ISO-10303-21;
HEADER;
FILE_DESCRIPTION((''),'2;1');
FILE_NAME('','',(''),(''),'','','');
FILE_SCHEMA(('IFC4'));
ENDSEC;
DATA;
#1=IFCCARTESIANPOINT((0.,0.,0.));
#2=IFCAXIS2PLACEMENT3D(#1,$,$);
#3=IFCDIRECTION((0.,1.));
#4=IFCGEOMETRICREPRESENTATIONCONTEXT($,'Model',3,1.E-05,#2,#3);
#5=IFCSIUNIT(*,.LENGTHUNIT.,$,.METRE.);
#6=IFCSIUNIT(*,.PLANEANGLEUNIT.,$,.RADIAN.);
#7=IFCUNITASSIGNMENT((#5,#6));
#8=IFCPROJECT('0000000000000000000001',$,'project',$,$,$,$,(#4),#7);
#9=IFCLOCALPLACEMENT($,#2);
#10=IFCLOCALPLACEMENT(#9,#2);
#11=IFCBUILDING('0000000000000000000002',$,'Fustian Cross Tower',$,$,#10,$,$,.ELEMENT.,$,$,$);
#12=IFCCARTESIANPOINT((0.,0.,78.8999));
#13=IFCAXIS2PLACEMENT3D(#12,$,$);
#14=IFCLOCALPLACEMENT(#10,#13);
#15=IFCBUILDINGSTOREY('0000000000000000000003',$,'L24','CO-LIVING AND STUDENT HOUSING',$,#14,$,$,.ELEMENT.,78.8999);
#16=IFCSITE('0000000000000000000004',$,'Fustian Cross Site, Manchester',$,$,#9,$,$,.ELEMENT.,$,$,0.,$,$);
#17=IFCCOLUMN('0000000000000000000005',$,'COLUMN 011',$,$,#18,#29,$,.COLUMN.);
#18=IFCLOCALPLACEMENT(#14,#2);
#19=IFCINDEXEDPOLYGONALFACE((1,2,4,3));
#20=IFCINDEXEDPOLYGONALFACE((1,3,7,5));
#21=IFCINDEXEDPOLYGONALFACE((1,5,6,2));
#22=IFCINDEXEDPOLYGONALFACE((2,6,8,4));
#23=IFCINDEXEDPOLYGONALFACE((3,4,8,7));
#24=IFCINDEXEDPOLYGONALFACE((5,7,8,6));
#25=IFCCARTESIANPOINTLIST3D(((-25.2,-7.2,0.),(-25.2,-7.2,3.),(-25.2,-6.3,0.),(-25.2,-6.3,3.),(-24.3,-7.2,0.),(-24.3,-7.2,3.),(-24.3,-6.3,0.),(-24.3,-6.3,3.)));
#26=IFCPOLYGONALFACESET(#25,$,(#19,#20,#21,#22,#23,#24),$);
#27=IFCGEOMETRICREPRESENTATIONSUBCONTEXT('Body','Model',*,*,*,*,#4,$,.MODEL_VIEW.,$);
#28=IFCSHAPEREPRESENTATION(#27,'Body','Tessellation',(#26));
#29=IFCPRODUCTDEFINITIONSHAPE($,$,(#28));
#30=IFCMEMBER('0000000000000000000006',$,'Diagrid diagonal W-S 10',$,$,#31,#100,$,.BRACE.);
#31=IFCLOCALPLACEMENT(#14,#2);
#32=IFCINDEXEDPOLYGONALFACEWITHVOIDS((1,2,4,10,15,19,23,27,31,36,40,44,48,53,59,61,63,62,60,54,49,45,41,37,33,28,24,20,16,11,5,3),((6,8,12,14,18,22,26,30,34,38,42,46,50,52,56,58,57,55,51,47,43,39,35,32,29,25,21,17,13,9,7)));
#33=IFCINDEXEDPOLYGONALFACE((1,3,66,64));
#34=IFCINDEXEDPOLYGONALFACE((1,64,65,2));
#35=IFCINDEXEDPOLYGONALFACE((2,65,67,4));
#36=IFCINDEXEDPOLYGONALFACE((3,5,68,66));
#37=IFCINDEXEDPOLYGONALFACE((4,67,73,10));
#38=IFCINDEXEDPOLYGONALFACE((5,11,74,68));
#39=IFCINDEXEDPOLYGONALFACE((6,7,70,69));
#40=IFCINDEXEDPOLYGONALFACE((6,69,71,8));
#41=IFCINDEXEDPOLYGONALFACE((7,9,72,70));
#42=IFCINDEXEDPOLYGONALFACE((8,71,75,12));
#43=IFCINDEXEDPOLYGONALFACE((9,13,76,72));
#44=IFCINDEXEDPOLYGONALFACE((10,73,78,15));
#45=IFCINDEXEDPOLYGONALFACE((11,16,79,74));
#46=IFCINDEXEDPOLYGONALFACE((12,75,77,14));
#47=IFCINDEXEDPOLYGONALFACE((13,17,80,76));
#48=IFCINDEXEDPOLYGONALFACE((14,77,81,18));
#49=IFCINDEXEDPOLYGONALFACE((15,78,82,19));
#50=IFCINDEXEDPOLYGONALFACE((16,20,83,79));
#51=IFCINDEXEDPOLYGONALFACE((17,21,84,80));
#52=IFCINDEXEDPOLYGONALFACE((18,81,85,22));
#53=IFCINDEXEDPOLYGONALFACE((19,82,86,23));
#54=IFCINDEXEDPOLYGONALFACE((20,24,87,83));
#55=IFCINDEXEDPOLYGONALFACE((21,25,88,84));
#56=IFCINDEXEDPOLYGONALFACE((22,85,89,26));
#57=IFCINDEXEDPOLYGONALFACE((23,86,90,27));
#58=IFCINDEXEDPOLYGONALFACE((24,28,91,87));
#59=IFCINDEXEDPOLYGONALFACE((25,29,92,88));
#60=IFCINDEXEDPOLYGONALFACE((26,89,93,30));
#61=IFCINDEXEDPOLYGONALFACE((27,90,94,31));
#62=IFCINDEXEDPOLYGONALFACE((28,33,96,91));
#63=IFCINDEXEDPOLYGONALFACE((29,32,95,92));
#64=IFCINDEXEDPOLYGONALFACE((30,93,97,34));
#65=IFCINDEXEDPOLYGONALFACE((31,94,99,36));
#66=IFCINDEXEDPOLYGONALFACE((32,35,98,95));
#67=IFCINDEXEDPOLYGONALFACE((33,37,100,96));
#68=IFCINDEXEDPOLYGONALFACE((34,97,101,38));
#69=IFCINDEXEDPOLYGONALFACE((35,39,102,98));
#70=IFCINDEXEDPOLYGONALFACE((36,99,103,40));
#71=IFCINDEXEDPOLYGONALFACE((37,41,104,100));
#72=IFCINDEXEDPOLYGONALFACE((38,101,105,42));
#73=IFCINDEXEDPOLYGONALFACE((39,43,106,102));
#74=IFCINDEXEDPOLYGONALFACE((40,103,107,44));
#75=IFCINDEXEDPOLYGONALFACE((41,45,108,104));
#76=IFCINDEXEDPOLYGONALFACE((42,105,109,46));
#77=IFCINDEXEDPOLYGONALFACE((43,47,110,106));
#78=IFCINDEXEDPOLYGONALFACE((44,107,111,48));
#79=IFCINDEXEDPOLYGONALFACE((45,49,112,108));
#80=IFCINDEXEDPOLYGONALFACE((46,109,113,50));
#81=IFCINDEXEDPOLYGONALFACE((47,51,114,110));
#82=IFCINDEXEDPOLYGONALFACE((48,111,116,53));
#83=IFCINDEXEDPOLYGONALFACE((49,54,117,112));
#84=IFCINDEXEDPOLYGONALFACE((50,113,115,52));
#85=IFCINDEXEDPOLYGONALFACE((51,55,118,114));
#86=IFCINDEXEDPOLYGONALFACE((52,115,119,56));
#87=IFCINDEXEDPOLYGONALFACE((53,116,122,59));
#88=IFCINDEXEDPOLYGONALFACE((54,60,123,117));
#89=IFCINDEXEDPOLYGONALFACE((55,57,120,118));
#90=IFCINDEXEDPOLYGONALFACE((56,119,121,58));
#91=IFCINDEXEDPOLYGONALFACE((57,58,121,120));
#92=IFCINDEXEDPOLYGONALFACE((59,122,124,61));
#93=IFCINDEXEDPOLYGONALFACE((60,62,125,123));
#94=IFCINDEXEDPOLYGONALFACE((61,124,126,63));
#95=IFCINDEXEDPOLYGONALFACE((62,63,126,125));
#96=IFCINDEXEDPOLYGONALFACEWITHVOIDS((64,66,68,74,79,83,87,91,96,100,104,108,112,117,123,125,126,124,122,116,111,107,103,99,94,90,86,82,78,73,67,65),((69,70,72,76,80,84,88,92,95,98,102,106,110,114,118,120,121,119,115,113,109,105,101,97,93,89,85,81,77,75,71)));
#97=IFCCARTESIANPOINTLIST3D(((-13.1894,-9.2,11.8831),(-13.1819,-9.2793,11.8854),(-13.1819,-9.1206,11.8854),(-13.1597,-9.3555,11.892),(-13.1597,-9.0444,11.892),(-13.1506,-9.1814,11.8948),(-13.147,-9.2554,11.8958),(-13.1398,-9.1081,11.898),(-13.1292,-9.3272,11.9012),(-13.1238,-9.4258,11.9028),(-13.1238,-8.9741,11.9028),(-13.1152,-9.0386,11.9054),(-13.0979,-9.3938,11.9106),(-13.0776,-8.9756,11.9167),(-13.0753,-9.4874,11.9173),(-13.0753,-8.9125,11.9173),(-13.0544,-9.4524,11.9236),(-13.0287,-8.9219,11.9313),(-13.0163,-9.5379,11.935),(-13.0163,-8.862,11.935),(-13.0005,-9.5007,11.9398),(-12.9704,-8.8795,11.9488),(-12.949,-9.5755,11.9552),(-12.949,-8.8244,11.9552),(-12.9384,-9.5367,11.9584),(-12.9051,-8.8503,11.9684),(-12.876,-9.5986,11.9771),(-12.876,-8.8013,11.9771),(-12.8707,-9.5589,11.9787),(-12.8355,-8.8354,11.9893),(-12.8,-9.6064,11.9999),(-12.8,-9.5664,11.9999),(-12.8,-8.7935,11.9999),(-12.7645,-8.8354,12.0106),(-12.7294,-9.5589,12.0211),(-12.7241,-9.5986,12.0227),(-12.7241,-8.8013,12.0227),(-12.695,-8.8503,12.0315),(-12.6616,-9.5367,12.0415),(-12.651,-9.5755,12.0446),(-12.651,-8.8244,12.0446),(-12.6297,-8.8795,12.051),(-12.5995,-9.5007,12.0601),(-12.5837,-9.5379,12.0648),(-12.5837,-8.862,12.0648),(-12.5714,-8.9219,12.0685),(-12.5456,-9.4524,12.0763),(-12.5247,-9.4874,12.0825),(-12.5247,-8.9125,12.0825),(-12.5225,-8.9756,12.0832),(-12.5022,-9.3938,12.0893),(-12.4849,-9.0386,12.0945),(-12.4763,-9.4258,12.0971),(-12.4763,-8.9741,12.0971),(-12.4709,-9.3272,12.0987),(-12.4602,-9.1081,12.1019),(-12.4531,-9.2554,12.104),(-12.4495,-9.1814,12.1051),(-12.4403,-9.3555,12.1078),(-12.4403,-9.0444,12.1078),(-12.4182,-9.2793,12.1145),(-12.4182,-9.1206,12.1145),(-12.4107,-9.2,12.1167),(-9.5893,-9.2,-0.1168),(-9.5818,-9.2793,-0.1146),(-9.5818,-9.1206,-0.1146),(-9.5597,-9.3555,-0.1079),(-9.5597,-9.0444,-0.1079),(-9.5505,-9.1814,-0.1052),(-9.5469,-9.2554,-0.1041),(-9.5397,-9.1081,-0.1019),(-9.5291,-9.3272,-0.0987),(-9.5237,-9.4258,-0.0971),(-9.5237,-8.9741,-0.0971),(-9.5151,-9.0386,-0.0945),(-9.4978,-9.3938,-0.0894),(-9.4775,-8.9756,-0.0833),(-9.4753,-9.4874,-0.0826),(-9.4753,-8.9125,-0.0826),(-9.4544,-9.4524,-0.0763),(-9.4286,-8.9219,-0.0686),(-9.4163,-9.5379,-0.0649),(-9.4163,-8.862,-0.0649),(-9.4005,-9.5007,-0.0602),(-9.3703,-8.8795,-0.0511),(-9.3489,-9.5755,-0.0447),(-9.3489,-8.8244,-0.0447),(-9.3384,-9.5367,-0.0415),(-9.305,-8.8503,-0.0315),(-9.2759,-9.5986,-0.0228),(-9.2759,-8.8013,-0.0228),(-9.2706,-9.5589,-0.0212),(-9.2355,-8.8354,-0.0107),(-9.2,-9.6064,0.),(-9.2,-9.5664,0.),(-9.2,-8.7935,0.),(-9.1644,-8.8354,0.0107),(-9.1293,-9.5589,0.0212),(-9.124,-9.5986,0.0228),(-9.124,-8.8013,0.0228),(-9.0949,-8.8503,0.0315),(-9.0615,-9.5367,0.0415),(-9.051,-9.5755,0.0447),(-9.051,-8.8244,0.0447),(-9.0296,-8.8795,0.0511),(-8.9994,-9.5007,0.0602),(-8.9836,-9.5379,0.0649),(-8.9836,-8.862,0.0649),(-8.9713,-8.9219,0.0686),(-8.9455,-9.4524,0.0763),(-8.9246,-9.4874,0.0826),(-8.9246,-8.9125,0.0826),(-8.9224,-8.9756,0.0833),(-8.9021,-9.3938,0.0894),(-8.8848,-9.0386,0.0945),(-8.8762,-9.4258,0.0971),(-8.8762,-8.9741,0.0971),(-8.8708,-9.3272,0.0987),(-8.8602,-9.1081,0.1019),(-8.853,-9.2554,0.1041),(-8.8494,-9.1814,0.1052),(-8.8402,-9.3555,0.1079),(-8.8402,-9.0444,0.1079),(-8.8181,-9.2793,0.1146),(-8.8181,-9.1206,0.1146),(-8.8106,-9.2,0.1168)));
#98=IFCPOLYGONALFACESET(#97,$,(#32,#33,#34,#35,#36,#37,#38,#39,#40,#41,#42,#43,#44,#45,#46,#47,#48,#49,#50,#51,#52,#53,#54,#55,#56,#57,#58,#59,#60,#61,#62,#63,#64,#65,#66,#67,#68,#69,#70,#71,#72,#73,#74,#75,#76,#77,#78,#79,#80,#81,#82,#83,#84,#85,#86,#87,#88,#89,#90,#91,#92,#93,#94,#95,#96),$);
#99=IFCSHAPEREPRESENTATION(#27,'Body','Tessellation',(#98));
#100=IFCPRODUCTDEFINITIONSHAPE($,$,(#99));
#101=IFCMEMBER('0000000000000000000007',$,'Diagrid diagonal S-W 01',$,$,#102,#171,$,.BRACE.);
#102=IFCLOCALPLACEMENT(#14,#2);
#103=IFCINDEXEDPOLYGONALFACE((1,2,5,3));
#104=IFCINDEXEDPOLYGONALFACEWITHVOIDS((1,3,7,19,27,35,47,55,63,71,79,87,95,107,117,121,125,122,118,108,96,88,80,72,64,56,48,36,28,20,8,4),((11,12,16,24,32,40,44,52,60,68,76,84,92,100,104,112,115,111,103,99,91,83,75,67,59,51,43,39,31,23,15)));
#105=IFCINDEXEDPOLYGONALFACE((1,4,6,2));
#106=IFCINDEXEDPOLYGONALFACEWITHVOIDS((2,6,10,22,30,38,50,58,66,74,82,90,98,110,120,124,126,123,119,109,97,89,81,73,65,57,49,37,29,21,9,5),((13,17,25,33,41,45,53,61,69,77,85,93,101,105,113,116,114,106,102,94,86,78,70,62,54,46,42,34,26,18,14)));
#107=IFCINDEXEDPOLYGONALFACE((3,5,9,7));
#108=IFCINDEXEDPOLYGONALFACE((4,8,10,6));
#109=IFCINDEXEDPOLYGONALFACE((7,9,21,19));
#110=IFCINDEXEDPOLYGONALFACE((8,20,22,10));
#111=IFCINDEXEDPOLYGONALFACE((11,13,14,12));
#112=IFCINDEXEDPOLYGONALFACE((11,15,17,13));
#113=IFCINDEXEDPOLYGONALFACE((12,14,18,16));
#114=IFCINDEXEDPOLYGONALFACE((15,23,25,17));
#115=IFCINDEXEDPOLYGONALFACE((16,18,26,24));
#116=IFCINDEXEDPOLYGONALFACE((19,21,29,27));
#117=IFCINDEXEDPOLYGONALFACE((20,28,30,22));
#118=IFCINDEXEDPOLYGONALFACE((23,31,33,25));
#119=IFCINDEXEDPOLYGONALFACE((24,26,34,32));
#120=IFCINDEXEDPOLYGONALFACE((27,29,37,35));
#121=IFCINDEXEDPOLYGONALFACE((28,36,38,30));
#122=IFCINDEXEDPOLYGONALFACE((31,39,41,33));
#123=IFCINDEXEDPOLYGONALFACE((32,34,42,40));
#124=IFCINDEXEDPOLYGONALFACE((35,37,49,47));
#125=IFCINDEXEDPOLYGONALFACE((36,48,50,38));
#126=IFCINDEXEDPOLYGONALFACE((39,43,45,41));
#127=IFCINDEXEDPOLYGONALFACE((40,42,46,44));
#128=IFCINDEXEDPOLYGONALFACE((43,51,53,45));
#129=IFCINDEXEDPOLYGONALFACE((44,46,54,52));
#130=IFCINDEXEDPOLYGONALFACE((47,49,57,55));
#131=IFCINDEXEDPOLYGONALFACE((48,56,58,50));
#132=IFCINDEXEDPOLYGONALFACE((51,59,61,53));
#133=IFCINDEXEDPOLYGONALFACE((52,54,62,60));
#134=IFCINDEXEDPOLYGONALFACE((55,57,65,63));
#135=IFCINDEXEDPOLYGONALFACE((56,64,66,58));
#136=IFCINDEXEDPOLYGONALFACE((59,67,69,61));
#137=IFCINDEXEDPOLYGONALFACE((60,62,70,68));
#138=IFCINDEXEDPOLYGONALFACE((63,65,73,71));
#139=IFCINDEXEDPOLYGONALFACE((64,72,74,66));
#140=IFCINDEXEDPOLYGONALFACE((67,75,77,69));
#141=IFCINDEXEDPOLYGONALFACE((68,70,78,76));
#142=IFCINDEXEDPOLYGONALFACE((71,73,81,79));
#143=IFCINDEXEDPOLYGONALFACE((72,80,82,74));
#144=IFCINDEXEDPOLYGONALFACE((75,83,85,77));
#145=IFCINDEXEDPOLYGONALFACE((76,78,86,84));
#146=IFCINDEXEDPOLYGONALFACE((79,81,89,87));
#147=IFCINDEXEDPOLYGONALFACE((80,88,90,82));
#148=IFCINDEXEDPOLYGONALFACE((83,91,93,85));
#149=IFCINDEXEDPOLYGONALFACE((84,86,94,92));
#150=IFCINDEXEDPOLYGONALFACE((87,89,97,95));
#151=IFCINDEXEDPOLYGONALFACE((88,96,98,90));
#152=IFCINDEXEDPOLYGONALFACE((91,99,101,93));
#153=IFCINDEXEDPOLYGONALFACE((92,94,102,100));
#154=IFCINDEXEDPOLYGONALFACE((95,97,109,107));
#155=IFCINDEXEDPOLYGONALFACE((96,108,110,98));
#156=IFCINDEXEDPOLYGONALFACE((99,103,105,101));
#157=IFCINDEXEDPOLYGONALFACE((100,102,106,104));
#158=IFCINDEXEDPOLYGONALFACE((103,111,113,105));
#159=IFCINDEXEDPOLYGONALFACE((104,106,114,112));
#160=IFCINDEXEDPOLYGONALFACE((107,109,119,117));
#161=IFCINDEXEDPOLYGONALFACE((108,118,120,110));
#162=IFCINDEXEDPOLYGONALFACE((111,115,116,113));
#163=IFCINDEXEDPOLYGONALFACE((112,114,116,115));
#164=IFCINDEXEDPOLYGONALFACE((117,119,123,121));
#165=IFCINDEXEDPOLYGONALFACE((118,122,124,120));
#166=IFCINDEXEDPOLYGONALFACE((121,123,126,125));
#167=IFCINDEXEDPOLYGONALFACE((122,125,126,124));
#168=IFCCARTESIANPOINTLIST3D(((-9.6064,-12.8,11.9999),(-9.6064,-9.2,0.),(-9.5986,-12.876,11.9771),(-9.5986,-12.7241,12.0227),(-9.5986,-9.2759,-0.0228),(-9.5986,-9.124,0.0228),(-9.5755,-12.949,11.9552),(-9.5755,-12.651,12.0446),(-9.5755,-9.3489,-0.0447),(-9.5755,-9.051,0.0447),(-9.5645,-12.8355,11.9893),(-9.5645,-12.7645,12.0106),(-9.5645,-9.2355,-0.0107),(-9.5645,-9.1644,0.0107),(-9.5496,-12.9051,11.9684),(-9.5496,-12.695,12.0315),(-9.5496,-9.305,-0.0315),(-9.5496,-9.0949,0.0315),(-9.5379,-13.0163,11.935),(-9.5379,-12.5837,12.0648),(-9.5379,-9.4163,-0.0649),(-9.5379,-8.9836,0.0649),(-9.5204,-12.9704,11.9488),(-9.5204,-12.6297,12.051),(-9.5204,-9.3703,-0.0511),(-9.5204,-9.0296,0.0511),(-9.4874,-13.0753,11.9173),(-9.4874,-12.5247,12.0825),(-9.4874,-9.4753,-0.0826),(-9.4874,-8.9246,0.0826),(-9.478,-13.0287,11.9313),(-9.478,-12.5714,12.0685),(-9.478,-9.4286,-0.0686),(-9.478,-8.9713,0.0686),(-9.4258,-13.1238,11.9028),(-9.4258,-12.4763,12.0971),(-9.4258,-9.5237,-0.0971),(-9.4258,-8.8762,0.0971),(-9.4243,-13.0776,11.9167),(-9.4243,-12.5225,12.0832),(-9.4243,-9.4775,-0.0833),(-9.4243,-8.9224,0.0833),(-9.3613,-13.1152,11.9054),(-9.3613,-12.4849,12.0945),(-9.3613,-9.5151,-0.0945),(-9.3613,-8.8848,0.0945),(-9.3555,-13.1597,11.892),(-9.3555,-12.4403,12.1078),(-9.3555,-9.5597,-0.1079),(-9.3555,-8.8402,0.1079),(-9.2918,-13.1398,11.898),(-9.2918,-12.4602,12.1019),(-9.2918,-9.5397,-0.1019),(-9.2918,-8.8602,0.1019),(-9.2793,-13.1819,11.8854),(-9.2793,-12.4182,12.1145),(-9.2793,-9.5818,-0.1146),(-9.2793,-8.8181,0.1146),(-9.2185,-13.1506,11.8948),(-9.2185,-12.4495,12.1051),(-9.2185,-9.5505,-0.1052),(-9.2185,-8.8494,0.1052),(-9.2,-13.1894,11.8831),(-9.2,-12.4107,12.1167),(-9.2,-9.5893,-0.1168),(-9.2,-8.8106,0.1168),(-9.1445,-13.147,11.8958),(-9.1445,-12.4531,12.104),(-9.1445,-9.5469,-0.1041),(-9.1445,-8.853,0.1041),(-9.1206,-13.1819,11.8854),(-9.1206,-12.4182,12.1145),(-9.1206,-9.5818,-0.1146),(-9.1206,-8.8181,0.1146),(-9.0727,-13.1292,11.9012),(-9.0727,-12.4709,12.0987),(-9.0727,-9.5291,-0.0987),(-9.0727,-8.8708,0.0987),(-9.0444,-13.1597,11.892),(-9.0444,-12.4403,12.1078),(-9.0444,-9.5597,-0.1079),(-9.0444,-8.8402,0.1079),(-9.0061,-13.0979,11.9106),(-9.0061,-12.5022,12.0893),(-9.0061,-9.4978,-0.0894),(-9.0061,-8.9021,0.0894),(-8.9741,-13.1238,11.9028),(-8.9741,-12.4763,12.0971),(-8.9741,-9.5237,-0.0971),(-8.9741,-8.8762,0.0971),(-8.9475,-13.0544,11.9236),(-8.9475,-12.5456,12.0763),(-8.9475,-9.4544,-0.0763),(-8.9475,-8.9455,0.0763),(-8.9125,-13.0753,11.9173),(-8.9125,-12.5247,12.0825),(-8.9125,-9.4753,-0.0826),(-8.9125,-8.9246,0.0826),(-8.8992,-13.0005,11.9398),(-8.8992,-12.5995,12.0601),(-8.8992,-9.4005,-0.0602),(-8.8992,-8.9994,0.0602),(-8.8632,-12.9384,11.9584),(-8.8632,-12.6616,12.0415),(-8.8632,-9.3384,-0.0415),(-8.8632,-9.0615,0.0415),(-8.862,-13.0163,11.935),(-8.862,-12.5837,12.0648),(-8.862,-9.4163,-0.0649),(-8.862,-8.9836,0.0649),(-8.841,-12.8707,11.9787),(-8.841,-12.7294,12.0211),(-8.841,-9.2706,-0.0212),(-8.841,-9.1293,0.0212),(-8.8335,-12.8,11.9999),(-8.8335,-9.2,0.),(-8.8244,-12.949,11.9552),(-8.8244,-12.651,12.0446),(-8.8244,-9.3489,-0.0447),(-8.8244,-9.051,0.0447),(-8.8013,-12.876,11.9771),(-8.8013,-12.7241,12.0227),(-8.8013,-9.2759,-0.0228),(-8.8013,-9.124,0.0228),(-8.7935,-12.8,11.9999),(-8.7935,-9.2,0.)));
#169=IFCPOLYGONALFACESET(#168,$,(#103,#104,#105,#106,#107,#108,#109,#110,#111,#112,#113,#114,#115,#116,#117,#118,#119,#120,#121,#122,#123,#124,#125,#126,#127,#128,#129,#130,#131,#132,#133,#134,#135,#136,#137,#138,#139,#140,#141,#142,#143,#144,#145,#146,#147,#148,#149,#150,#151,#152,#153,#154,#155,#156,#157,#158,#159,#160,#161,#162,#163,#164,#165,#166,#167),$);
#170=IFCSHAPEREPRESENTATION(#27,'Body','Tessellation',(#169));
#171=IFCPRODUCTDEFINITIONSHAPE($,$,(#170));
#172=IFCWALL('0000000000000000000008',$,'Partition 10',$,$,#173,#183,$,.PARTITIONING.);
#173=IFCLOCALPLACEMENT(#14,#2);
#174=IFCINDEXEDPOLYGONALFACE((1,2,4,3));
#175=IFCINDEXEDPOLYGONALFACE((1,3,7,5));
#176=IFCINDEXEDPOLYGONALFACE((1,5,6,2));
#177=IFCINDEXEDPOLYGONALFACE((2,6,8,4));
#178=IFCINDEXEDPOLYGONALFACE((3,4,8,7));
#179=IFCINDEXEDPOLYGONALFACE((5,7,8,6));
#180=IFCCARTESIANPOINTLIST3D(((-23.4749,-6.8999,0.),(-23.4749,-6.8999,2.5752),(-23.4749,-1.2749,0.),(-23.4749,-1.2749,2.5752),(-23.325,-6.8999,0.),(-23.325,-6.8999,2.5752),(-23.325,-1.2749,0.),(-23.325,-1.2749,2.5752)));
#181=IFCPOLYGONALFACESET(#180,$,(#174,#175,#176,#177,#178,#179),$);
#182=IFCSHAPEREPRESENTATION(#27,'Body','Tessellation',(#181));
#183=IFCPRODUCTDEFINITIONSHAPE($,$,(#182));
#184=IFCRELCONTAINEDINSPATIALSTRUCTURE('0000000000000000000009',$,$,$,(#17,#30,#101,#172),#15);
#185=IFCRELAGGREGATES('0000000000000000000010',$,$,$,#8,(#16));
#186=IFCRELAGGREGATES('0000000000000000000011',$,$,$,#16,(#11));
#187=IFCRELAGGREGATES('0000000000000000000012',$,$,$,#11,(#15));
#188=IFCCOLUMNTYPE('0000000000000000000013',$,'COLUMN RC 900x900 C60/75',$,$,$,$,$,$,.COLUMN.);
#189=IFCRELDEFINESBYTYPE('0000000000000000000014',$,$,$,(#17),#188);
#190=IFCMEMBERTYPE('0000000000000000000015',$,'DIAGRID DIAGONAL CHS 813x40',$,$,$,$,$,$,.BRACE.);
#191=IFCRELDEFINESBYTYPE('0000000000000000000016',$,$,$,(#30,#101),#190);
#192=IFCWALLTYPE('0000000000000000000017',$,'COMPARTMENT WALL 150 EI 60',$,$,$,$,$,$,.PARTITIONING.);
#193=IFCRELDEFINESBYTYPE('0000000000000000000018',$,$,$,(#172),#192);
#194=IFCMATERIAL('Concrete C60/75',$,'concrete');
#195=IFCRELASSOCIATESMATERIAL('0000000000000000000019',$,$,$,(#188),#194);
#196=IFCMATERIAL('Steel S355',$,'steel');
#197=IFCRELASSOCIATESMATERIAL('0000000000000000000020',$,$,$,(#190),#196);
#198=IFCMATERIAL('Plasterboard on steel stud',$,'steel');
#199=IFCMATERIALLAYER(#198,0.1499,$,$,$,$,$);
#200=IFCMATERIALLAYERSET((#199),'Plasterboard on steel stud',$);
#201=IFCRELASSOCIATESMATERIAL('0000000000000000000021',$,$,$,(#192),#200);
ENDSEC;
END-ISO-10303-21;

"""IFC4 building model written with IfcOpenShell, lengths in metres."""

from ifc_helpers import new_model, si_unit, direction, frame, frame_2d, origin, origin_2d, place, context, subcontext, project, spatial, rectangle, hollow_circle, extrude, material, layer, layer_set, material_profile, profile_set, type_object, element, save


model = new_model("IFC4")

# Units and contexts
model_context = context("Model", 3, precision=1e-05, world=origin(), true_north=direction((0.0, 1.0)))
body_context = subcontext(model_context, "Body", "Model", "MODEL_VIEW")
ifc_project = project(units=[si_unit("LENGTHUNIT", "METRE"), si_unit("PLANEANGLEUNIT", "RADIAN")], contexts=[model_context])

# Site, building, storey
site_placement = place(None, origin())
site = spatial("IfcSite", under=ifc_project, at=site_placement, Name="Fustian Cross Site, Manchester", CompositionType="ELEMENT", RefElevation=0.0)
building_placement = place(site_placement, origin())
building = spatial("IfcBuilding", under=site, at=building_placement, Name="Fustian Cross Tower", CompositionType="ELEMENT")
storey_placement = place(building_placement, frame((0.0, 0.0, 78.8999)))
storey = spatial("IfcBuildingStorey", under=building, at=storey_placement, Name="L24", Description="CO-LIVING AND STUDENT HOUSING", CompositionType="ELEMENT", Elevation=78.8999)

# Column
ifc_material_1 = material(Name="Concrete C60/75", Category="concrete")
ifc_material_profile_1 = material_profile(ifc_material_1, rectangle(XDim=0.8999, YDim=0.8999, at=origin_2d()), Name="RC 900x900")
ifc_profile_set_1 = profile_set([ifc_material_profile_1], Name="Concrete C60/75")
column_type = type_object("IfcColumnType", Name="COLUMN RC 900x900 C60/75", PredefinedType="COLUMN", material=ifc_profile_set_1)
column_placement = place(storey_placement, frame((-24.75, -6.75, 0.0), z_axis=(0.0, 0.0, 1.0), x_axis=(1.0, 0.0, 0.0)))
element("IfcColumn", 1, at=column_placement, inside=storey, type_object=column_type, Name="COLUMN 011", PredefinedType="COLUMN", context=body_context, shape_type="SweptSolid", body=[
    extrude(rectangle(XDim=0.8999, YDim=0.8999, at=origin_2d()), origin(), (0.0, 0.0, 1.0), 3.0),
])

# Members
ifc_material_2 = material(Name="Steel S355", Category="steel")
ifc_material_profile_2 = material_profile(ifc_material_2, hollow_circle(Radius=0.4065, WallThickness=0.04, at=origin_2d()), Name="CHS 813x40")
ifc_profile_set_2 = profile_set([ifc_material_profile_2], Name="Steel S355")
member_type = type_object("IfcMemberType", Name="DIAGRID DIAGONAL CHS 813x40", PredefinedType="BRACE", material=ifc_profile_set_2)
for number, where, z_axis, x_axis, name in (
    (2, (-9.2, -9.2, 0.0), (-0.287355, 0.0, 0.957824), (0.0, -1.0, 0.0), "Diagrid diagonal W-S 10"),
    (3, (-9.2, -9.2, 0.0), (0.0, -0.287355, 0.957824), (1.0, 0.0, 0.0), "Diagrid diagonal S-W 01"),
):
    element("IfcMember", number, at=place(storey_placement, frame(where, z_axis=z_axis, x_axis=x_axis)), inside=storey, type_object=member_type, Name=name, PredefinedType="BRACE", context=body_context, shape_type="SweptSolid", body=[
        extrude(hollow_circle(Radius=0.4065, WallThickness=0.04, at=origin_2d()), origin(), (0.0, 0.0, 1.0), 12.5283),
    ])

# Wall
ifc_material_3 = material(Name="Plasterboard on steel stud", Category="steel")
ifc_layer_1 = layer(ifc_material_3, 0.1499)
ifc_layer_set_1 = layer_set([ifc_layer_1], Name="Plasterboard on steel stud")
wall_type_1 = type_object("IfcWallType", Name="COMPARTMENT WALL 150 EI 60", PredefinedType="PARTITIONING", material=ifc_layer_set_1)
wall_1_placement = place(storey_placement, frame((-23.3999, -6.8999, 0.0), z_axis=(0.0, 0.0, 1.0), x_axis=(0.0, 1.0, 0.0)))
element("IfcWall", 4, at=wall_1_placement, inside=storey, type_object=wall_type_1, Name="Partition 10", PredefinedType="PARTITIONING", context=body_context, shape_type="SweptSolid", body=[
    extrude(rectangle(XDim=5.625, YDim=0.1499, at=frame_2d((2.8125, 0.0))), origin(), (0.0, 0.0, 1.0), 2.5752),
])

save(model, "model.ifc")
